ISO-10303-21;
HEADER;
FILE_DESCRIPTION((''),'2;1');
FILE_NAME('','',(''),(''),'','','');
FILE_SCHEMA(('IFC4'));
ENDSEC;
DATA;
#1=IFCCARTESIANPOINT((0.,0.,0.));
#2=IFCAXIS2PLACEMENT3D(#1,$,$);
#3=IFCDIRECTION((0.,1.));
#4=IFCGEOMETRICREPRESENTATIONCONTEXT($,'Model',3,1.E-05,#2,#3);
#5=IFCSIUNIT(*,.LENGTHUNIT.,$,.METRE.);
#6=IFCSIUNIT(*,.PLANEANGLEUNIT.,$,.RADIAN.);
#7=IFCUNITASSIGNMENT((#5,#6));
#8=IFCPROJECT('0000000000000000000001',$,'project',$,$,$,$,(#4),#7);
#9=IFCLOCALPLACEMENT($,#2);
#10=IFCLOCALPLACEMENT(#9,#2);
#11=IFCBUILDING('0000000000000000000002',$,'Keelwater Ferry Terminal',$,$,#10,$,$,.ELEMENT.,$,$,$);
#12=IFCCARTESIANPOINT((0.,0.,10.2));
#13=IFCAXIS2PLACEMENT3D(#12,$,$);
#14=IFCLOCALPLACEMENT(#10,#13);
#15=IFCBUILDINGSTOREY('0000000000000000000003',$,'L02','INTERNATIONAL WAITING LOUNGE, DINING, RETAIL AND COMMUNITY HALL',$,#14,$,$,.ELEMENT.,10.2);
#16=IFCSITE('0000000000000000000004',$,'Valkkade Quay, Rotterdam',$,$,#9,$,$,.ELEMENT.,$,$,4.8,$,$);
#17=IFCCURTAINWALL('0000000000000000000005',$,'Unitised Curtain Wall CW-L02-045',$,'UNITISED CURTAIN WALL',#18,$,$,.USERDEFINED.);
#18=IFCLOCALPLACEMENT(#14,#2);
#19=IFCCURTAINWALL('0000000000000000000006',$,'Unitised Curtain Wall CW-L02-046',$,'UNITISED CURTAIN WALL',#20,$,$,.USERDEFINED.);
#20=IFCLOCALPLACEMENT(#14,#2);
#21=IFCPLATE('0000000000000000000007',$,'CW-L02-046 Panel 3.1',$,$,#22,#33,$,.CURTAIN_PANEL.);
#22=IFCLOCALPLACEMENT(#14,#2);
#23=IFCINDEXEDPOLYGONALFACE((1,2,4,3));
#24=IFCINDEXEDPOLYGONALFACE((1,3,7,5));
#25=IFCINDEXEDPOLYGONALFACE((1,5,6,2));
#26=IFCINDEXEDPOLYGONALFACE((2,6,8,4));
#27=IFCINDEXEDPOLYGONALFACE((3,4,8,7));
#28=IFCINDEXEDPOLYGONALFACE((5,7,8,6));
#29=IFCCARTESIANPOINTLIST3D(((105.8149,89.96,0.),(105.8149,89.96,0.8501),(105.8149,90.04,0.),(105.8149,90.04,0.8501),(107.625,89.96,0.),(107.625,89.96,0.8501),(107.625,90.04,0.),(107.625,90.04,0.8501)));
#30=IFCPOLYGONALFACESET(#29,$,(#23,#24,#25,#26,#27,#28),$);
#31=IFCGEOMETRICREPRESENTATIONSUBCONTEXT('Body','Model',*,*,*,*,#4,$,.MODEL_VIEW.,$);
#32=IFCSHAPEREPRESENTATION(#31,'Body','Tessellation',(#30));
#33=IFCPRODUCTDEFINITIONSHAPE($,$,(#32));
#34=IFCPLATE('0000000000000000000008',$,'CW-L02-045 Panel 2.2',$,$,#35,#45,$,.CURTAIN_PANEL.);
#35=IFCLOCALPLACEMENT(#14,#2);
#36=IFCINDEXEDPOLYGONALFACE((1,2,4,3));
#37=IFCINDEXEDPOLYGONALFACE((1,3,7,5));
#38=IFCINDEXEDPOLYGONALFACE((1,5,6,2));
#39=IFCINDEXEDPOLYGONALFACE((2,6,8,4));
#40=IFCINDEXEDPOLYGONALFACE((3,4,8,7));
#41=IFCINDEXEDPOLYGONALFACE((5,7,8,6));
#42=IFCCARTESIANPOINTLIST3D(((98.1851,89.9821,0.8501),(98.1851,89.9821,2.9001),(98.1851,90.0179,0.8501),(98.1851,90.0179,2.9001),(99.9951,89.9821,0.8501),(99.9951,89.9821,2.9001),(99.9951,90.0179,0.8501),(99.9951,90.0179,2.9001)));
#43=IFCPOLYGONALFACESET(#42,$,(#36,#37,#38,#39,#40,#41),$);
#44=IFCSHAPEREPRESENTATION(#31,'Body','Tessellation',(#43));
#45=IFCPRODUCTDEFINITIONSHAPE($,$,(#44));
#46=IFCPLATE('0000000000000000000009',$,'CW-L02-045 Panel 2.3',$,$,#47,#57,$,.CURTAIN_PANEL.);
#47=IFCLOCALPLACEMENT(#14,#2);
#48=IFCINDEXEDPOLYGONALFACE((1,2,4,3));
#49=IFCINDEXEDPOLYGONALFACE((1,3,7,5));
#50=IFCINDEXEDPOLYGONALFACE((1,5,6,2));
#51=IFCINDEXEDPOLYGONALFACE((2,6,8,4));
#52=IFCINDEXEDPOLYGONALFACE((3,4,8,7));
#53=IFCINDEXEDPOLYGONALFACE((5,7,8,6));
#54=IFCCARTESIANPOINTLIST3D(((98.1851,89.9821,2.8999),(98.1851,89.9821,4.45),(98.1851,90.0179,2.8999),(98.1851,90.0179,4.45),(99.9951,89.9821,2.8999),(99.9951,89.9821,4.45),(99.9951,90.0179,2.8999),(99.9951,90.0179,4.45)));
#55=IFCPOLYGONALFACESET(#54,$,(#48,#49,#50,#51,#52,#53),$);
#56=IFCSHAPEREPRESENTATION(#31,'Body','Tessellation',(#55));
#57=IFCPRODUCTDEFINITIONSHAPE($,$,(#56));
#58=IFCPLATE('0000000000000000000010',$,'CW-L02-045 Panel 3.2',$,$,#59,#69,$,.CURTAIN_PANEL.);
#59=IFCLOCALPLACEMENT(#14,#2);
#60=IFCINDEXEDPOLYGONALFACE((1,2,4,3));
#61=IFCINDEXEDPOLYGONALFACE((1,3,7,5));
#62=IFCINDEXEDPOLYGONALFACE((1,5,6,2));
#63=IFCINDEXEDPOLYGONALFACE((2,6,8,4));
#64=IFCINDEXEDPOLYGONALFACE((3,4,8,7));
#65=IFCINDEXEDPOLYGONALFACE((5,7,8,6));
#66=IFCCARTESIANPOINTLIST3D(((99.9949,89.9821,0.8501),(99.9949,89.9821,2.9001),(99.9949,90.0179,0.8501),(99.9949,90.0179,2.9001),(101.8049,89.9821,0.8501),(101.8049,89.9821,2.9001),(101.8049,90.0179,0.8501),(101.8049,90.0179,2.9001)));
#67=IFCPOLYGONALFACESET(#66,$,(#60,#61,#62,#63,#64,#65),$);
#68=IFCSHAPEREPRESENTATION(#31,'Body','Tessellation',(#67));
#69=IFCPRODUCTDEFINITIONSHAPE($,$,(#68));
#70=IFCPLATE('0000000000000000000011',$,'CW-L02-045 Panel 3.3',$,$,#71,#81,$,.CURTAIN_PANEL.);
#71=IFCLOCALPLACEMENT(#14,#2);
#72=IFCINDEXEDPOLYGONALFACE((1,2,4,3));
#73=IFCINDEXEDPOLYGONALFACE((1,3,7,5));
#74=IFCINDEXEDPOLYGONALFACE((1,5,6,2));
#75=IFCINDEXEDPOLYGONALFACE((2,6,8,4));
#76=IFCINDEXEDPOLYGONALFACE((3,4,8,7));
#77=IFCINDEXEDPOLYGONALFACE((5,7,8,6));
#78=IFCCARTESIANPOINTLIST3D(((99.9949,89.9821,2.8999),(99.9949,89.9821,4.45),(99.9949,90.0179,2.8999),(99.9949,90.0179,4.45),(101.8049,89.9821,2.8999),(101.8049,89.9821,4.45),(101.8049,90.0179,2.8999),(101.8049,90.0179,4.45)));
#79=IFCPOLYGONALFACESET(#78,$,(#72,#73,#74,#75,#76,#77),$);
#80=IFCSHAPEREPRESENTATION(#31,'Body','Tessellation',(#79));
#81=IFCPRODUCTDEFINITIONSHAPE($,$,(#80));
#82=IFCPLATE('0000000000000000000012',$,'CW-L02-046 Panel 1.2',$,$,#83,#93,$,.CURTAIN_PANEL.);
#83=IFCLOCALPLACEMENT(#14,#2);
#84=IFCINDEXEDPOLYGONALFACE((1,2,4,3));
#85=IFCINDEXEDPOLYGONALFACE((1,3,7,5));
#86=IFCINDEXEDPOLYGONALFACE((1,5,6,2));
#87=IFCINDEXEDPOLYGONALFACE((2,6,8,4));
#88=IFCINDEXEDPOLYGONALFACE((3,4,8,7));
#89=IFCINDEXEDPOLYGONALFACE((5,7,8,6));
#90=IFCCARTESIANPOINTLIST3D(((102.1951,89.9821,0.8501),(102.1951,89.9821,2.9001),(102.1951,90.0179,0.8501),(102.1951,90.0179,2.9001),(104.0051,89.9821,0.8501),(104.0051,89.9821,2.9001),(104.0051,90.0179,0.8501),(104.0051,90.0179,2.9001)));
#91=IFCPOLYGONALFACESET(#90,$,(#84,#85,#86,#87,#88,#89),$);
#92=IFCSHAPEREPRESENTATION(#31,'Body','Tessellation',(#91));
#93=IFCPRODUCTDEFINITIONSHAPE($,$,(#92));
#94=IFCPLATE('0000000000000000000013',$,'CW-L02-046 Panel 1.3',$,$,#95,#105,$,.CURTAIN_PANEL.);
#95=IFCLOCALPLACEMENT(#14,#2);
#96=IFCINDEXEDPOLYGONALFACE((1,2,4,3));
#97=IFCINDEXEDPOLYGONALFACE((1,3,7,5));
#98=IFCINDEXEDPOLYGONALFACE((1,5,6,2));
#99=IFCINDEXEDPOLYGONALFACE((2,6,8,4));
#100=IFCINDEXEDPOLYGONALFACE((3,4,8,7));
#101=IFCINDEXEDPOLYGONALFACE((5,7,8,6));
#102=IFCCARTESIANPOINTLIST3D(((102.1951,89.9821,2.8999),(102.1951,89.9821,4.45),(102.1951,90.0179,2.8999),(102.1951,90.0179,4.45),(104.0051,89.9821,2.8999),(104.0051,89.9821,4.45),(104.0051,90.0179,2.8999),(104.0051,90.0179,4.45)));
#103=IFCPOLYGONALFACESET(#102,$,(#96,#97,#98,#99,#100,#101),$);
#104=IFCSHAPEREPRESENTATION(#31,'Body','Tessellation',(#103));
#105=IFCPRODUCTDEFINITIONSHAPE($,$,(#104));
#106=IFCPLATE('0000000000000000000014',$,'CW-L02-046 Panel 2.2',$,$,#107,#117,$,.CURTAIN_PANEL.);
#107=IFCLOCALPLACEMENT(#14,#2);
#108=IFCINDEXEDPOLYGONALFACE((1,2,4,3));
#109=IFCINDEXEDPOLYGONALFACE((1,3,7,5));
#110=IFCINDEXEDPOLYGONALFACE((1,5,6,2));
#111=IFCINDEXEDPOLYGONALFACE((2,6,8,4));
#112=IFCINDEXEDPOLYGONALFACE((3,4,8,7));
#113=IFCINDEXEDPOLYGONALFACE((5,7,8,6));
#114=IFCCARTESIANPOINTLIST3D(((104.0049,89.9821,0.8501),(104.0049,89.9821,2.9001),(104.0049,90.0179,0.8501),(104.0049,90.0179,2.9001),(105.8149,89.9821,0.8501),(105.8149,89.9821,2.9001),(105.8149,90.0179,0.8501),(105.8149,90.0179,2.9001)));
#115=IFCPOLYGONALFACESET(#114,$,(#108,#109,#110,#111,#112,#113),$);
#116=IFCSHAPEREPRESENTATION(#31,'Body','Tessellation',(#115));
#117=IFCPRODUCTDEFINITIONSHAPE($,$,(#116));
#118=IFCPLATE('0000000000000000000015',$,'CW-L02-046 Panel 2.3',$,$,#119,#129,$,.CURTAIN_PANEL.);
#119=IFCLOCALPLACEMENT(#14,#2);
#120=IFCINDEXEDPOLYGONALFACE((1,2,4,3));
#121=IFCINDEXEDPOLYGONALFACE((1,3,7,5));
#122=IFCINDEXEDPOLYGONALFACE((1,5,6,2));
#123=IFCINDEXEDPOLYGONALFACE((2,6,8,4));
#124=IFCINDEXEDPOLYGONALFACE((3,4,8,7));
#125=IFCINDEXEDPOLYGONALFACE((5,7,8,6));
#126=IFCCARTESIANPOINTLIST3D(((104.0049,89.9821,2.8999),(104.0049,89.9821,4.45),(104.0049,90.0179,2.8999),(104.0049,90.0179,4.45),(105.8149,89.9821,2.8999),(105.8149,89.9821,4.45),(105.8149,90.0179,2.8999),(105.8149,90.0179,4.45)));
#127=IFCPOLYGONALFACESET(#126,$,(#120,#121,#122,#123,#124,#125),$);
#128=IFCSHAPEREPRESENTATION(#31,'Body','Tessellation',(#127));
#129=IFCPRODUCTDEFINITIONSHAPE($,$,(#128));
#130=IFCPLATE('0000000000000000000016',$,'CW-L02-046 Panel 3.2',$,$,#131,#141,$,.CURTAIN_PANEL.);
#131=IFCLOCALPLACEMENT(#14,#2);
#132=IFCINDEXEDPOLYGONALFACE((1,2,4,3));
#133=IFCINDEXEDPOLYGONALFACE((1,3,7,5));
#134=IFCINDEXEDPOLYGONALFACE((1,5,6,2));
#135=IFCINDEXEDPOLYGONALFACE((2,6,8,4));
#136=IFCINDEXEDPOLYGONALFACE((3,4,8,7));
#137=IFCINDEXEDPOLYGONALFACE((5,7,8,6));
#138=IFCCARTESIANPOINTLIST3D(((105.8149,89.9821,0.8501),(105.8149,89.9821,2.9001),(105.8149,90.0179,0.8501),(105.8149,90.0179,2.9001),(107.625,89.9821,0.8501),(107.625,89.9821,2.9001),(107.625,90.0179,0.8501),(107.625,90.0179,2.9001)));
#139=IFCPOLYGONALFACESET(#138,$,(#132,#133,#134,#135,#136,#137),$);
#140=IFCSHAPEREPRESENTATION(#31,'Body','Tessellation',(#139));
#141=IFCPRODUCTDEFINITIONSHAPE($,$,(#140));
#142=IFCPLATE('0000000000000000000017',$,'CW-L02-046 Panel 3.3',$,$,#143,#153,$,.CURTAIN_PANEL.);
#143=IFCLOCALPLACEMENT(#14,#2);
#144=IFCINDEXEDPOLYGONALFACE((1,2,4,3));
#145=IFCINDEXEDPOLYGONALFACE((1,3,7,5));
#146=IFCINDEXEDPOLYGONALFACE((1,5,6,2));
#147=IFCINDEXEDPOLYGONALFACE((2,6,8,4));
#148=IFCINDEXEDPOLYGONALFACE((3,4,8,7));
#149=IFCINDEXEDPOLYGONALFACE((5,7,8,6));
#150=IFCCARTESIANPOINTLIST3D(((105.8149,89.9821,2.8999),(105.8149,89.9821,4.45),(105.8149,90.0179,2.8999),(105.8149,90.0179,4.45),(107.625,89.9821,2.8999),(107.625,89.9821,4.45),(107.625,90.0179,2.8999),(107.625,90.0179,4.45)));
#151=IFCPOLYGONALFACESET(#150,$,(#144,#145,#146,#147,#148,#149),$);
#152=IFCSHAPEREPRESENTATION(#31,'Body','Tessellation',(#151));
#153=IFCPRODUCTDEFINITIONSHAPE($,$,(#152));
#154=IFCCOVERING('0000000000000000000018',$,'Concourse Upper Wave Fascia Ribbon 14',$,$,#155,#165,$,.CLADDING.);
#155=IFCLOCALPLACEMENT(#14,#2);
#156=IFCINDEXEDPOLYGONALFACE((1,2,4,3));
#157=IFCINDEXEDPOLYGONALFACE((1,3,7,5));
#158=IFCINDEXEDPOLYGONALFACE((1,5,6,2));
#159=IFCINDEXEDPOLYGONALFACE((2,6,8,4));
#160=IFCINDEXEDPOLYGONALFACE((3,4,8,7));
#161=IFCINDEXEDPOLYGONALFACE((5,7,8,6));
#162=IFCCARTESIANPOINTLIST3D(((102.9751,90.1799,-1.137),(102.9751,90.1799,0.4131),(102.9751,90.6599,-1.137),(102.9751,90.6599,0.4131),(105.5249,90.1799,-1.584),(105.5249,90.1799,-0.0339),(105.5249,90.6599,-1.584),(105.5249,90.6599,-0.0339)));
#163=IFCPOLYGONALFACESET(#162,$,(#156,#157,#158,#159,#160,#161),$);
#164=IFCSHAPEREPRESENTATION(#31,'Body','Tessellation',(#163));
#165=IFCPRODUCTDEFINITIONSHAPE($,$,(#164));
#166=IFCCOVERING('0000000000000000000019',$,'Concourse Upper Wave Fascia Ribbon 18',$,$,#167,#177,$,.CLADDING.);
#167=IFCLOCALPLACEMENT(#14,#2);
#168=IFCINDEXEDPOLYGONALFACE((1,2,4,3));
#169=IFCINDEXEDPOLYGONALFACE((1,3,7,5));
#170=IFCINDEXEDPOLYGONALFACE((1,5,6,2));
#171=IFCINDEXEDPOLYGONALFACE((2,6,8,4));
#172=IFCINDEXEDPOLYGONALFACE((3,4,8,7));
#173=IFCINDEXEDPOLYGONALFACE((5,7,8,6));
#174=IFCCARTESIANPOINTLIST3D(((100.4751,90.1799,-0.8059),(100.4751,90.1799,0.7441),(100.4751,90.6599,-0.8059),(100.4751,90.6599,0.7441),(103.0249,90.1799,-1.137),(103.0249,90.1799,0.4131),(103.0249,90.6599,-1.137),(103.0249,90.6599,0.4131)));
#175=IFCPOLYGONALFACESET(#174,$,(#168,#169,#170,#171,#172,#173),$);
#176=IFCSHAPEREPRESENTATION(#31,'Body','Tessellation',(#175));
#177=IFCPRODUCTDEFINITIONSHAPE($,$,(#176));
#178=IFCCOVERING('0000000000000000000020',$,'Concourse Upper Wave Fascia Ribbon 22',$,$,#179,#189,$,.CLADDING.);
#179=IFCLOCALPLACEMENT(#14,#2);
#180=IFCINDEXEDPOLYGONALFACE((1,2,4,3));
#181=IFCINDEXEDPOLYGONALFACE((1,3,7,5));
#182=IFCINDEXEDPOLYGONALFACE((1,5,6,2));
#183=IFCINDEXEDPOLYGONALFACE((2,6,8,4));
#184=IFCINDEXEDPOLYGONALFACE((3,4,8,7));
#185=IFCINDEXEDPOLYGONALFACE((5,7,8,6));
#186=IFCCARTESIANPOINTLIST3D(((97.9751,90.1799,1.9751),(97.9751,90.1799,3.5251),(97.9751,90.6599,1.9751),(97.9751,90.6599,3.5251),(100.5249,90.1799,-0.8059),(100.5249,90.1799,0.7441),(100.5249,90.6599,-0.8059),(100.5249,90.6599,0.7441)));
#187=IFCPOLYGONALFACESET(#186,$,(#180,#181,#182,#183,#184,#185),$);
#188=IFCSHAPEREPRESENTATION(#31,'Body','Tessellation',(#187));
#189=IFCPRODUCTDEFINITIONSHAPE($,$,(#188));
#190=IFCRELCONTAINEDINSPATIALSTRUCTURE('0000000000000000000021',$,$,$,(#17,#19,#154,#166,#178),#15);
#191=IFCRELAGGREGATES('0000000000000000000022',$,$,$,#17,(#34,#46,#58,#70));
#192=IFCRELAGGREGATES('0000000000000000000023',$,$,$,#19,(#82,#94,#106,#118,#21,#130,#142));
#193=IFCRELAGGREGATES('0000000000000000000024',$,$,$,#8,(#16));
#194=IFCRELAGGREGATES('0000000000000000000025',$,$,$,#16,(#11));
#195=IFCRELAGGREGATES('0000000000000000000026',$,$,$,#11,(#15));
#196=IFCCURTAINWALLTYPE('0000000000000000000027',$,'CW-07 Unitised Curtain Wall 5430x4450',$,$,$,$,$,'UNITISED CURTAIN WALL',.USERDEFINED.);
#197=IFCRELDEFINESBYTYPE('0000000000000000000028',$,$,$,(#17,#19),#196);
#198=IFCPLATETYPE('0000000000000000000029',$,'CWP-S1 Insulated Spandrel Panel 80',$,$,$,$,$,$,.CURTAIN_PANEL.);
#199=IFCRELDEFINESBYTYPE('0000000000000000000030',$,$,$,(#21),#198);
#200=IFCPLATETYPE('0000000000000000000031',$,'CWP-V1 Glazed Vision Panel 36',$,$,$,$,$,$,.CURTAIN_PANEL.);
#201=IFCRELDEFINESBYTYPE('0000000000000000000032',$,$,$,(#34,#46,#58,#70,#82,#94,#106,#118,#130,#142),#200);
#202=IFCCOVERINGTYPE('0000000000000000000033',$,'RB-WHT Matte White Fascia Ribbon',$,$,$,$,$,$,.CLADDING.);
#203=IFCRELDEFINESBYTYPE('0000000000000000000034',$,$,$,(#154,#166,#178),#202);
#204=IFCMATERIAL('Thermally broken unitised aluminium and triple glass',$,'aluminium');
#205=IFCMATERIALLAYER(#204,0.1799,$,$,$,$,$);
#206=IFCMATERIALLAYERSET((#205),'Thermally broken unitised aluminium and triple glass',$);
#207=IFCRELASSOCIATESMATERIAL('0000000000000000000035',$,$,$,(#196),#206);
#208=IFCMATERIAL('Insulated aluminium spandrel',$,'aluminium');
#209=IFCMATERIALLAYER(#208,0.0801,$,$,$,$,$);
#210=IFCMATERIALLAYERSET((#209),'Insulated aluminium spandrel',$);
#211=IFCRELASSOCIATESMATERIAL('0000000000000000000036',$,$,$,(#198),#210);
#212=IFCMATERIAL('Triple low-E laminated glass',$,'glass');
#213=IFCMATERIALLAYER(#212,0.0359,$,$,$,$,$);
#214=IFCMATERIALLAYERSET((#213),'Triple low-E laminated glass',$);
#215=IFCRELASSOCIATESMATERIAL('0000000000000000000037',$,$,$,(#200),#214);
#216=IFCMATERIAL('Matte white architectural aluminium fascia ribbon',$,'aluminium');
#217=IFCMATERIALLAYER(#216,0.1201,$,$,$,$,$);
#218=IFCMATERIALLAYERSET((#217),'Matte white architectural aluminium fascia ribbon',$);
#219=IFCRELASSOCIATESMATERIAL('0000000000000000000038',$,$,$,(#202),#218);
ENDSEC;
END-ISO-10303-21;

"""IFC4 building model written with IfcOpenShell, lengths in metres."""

from ifc_helpers import new_model, si_unit, direction, frame, origin, origin_2d, place, context, subcontext, project, spatial, polyline, rectangle, outline, extrude, material, layer, layer_set, type_object, element, aggregate, save


model = new_model("IFC4")

# Units and contexts
model_context = context("Model", 3, precision=1e-05, world=origin(), true_north=direction((0.0, 1.0)))
body_context = subcontext(model_context, "Body", "Model", "MODEL_VIEW")
ifc_project = project(units=[si_unit("LENGTHUNIT", "METRE"), si_unit("PLANEANGLEUNIT", "RADIAN")], contexts=[model_context])

# Site, building, storey
site_placement = place(None, origin())
site = spatial("IfcSite", under=ifc_project, at=site_placement, Name="Valkkade Quay, Rotterdam", CompositionType="ELEMENT", RefElevation=4.8)
building_placement = place(site_placement, origin())
building = spatial("IfcBuilding", under=site, at=building_placement, Name="Keelwater Ferry Terminal", CompositionType="ELEMENT")
storey_placement = place(building_placement, frame((0.0, 0.0, 10.2)))
storey = spatial("IfcBuildingStorey", under=building, at=storey_placement, Name="L02", Description="INTERNATIONAL WAITING LOUNGE, DINING, RETAIL AND COMMUNITY HALL", CompositionType="ELEMENT", Elevation=10.2)

# Curtain walls
ifc_material_1 = material(Name="Thermally broken unitised aluminium and triple glass", Category="aluminium")
ifc_layer_1 = layer(ifc_material_1, 0.1799)
ifc_layer_set_1 = layer_set([ifc_layer_1], Name="Thermally broken unitised aluminium and triple glass")
curtain_wall_type = type_object("IfcCurtainWallType", Name="CW-07 Unitised Curtain Wall 5430x4450", ElementType="UNITISED CURTAIN WALL", PredefinedType="USERDEFINED", material=ifc_layer_set_1)
curtain_wall_1_placement = place(storey_placement, origin())
curtain_wall_1 = element("IfcCurtainWall", 1, at=curtain_wall_1_placement, inside=storey, type_object=curtain_wall_type, Name="Unitised Curtain Wall CW-L02-045", ObjectType="UNITISED CURTAIN WALL", PredefinedType="USERDEFINED")
curtain_wall_2_placement = place(storey_placement, origin())
curtain_wall_2 = element("IfcCurtainWall", 2, at=curtain_wall_2_placement, inside=storey, type_object=curtain_wall_type, Name="Unitised Curtain Wall CW-L02-046", ObjectType="UNITISED CURTAIN WALL", PredefinedType="USERDEFINED")

# Plates
ifc_material_2 = material(Name="Insulated aluminium spandrel", Category="aluminium")
ifc_layer_2 = layer(ifc_material_2, 0.0801)
ifc_layer_set_2 = layer_set([ifc_layer_2], Name="Insulated aluminium spandrel")
plate_type_1 = type_object("IfcPlateType", Name="CWP-S1 Insulated Spandrel Panel 80", PredefinedType="CURTAIN_PANEL", material=ifc_layer_set_2)
plate_1_placement = place(storey_placement, frame((106.72, 90.0, 0.0), z_axis=(0.0, 0.0, 1.0), x_axis=(1.0, 0.0, 0.0)))
plate_1 = element("IfcPlate", 3, at=plate_1_placement, type_object=plate_type_1, Name="CW-L02-046 Panel 3.1", PredefinedType="CURTAIN_PANEL", context=body_context, shape_type="SweptSolid", body=[
    extrude(rectangle(XDim=1.8101, YDim=0.0801, at=origin_2d()), origin(), (0.0, 0.0, 1.0), 0.8501),
])
ifc_material_3 = material(Name="Triple low-E laminated glass", Category="glass")
ifc_layer_3 = layer(ifc_material_3, 0.0359)
ifc_layer_set_3 = layer_set([ifc_layer_3], Name="Triple low-E laminated glass")
plate_type_2 = type_object("IfcPlateType", Name="CWP-V1 Glazed Vision Panel 36", PredefinedType="CURTAIN_PANEL", material=ifc_layer_set_3)
plate_2_placement = place(storey_placement, frame((99.0901, 90.0, 0.8501), z_axis=(0.0, 0.0, 1.0), x_axis=(1.0, 0.0, 0.0)))
plate_2 = element("IfcPlate", 4, at=plate_2_placement, type_object=plate_type_2, Name="CW-L02-045 Panel 2.2", PredefinedType="CURTAIN_PANEL", context=body_context, shape_type="SweptSolid", body=[
    extrude(rectangle(XDim=1.8101, YDim=0.0359, at=origin_2d()), origin(), (0.0, 0.0, 1.0), 2.05),
])
plate_3_placement = place(storey_placement, frame((99.0901, 90.0, 2.8999), z_axis=(0.0, 0.0, 1.0), x_axis=(1.0, 0.0, 0.0)))
plate_3 = element("IfcPlate", 5, at=plate_3_placement, type_object=plate_type_2, Name="CW-L02-045 Panel 2.3", PredefinedType="CURTAIN_PANEL", context=body_context, shape_type="SweptSolid", body=[
    extrude(rectangle(XDim=1.8101, YDim=0.0359, at=origin_2d()), origin(), (0.0, 0.0, 1.0), 1.55),
])
plate_4_placement = place(storey_placement, frame((100.8999, 90.0, 0.8501), z_axis=(0.0, 0.0, 1.0), x_axis=(1.0, 0.0, 0.0)))
plate_4 = element("IfcPlate", 6, at=plate_4_placement, type_object=plate_type_2, Name="CW-L02-045 Panel 3.2", PredefinedType="CURTAIN_PANEL", context=body_context, shape_type="SweptSolid", body=[
    extrude(rectangle(XDim=1.8101, YDim=0.0359, at=origin_2d()), origin(), (0.0, 0.0, 1.0), 2.05),
])
plate_5_placement = place(storey_placement, frame((100.8999, 90.0, 2.8999), z_axis=(0.0, 0.0, 1.0), x_axis=(1.0, 0.0, 0.0)))
plate_5 = element("IfcPlate", 7, at=plate_5_placement, type_object=plate_type_2, Name="CW-L02-045 Panel 3.3", PredefinedType="CURTAIN_PANEL", context=body_context, shape_type="SweptSolid", body=[
    extrude(rectangle(XDim=1.8101, YDim=0.0359, at=origin_2d()), origin(), (0.0, 0.0, 1.0), 1.55),
])
aggregate(curtain_wall_1, [plate_2, plate_3, plate_4, plate_5])
plate_6_placement = place(storey_placement, frame((103.1001, 90.0, 0.8501), z_axis=(0.0, 0.0, 1.0), x_axis=(1.0, 0.0, 0.0)))
plate_6 = element("IfcPlate", 8, at=plate_6_placement, type_object=plate_type_2, Name="CW-L02-046 Panel 1.2", PredefinedType="CURTAIN_PANEL", context=body_context, shape_type="SweptSolid", body=[
    extrude(rectangle(XDim=1.8101, YDim=0.0359, at=origin_2d()), origin(), (0.0, 0.0, 1.0), 2.05),
])
plate_7_placement = place(storey_placement, frame((103.1001, 90.0, 2.8999), z_axis=(0.0, 0.0, 1.0), x_axis=(1.0, 0.0, 0.0)))
plate_7 = element("IfcPlate", 9, at=plate_7_placement, type_object=plate_type_2, Name="CW-L02-046 Panel 1.3", PredefinedType="CURTAIN_PANEL", context=body_context, shape_type="SweptSolid", body=[
    extrude(rectangle(XDim=1.8101, YDim=0.0359, at=origin_2d()), origin(), (0.0, 0.0, 1.0), 1.55),
])
plate_8_placement = place(storey_placement, frame((104.9099, 90.0, 0.8501), z_axis=(0.0, 0.0, 1.0), x_axis=(1.0, 0.0, 0.0)))
plate_8 = element("IfcPlate", 10, at=plate_8_placement, type_object=plate_type_2, Name="CW-L02-046 Panel 2.2", PredefinedType="CURTAIN_PANEL", context=body_context, shape_type="SweptSolid", body=[
    extrude(rectangle(XDim=1.8101, YDim=0.0359, at=origin_2d()), origin(), (0.0, 0.0, 1.0), 2.05),
])
plate_9_placement = place(storey_placement, frame((104.9099, 90.0, 2.8999), z_axis=(0.0, 0.0, 1.0), x_axis=(1.0, 0.0, 0.0)))
plate_9 = element("IfcPlate", 11, at=plate_9_placement, type_object=plate_type_2, Name="CW-L02-046 Panel 2.3", PredefinedType="CURTAIN_PANEL", context=body_context, shape_type="SweptSolid", body=[
    extrude(rectangle(XDim=1.8101, YDim=0.0359, at=origin_2d()), origin(), (0.0, 0.0, 1.0), 1.55),
])
plate_10_placement = place(storey_placement, frame((106.72, 90.0, 0.8501), z_axis=(0.0, 0.0, 1.0), x_axis=(1.0, 0.0, 0.0)))
plate_10 = element("IfcPlate", 12, at=plate_10_placement, type_object=plate_type_2, Name="CW-L02-046 Panel 3.2", PredefinedType="CURTAIN_PANEL", context=body_context, shape_type="SweptSolid", body=[
    extrude(rectangle(XDim=1.8101, YDim=0.0359, at=origin_2d()), origin(), (0.0, 0.0, 1.0), 2.05),
])
plate_11_placement = place(storey_placement, frame((106.72, 90.0, 2.8999), z_axis=(0.0, 0.0, 1.0), x_axis=(1.0, 0.0, 0.0)))
plate_11 = element("IfcPlate", 13, at=plate_11_placement, type_object=plate_type_2, Name="CW-L02-046 Panel 3.3", PredefinedType="CURTAIN_PANEL", context=body_context, shape_type="SweptSolid", body=[
    extrude(rectangle(XDim=1.8101, YDim=0.0359, at=origin_2d()), origin(), (0.0, 0.0, 1.0), 1.55),
])
aggregate(curtain_wall_2, [plate_6, plate_7, plate_8, plate_9, plate_1, plate_10, plate_11])

# Coverings
ifc_material_4 = material(Name="Matte white architectural aluminium fascia ribbon", Category="aluminium")
ifc_layer_4 = layer(ifc_material_4, 0.1201)
ifc_layer_set_4 = layer_set([ifc_layer_4], Name="Matte white architectural aluminium fascia ribbon")
covering_type = type_object("IfcCoveringType", Name="RB-WHT Matte White Fascia Ribbon", PredefinedType="CLADDING", material=ifc_layer_set_4)
covering_1_placement = place(storey_placement, frame((105.5249, 90.4199, -1.584), z_axis=(0.0, 0.0, 1.0), x_axis=(-1.0, 0.0, 0.0)))
element("IfcCovering", 14, at=covering_1_placement, inside=storey, type_object=covering_type, Name="Concourse Upper Wave Fascia Ribbon 14", PredefinedType="CLADDING", context=body_context, shape_type="SweptSolid", body=[
    extrude(outline(polyline([(0.0, 0.0), (2.5498, 0.447), (2.5498, 1.9971), (0.0, 1.55), (0.0, 0.0)])), frame((0.0, 0.24, 0.0), z_axis=(0.0, -1.0, 0.0), x_axis=(1.0, 0.0, 0.0)), (0.0, 0.0, 1.0), 0.48),
])
covering_2_placement = place(storey_placement, frame((103.0249, 90.4199, -1.137), z_axis=(0.0, 0.0, 1.0), x_axis=(-1.0, 0.0, 0.0)))
element("IfcCovering", 15, at=covering_2_placement, inside=storey, type_object=covering_type, Name="Concourse Upper Wave Fascia Ribbon 18", PredefinedType="CLADDING", context=body_context, shape_type="SweptSolid", body=[
    extrude(outline(polyline([(0.0, 0.0), (2.5498, 0.3311), (2.5498, 1.8811), (0.0, 1.55), (0.0, 0.0)])), frame((0.0, 0.24, 0.0), z_axis=(0.0, -1.0, 0.0), x_axis=(1.0, 0.0, 0.0)), (0.0, 0.0, 1.0), 0.48),
])
covering_3_placement = place(storey_placement, frame((100.5249, 90.4199, -0.8059), z_axis=(0.0, 0.0, 1.0), x_axis=(-1.0, 0.0, 0.0)))
element("IfcCovering", 16, at=covering_3_placement, inside=storey, type_object=covering_type, Name="Concourse Upper Wave Fascia Ribbon 22", PredefinedType="CLADDING", context=body_context, shape_type="SweptSolid", body=[
    extrude(outline(polyline([(0.0, 0.0), (2.5498, 2.781), (2.5498, 4.3311), (0.0, 1.55), (0.0, 0.0)])), frame((0.0, 0.24, 0.0), z_axis=(0.0, -1.0, 0.0), x_axis=(1.0, 0.0, 0.0)), (0.0, 0.0, 1.0), 0.48),
])

save(model, "model.ifc")
